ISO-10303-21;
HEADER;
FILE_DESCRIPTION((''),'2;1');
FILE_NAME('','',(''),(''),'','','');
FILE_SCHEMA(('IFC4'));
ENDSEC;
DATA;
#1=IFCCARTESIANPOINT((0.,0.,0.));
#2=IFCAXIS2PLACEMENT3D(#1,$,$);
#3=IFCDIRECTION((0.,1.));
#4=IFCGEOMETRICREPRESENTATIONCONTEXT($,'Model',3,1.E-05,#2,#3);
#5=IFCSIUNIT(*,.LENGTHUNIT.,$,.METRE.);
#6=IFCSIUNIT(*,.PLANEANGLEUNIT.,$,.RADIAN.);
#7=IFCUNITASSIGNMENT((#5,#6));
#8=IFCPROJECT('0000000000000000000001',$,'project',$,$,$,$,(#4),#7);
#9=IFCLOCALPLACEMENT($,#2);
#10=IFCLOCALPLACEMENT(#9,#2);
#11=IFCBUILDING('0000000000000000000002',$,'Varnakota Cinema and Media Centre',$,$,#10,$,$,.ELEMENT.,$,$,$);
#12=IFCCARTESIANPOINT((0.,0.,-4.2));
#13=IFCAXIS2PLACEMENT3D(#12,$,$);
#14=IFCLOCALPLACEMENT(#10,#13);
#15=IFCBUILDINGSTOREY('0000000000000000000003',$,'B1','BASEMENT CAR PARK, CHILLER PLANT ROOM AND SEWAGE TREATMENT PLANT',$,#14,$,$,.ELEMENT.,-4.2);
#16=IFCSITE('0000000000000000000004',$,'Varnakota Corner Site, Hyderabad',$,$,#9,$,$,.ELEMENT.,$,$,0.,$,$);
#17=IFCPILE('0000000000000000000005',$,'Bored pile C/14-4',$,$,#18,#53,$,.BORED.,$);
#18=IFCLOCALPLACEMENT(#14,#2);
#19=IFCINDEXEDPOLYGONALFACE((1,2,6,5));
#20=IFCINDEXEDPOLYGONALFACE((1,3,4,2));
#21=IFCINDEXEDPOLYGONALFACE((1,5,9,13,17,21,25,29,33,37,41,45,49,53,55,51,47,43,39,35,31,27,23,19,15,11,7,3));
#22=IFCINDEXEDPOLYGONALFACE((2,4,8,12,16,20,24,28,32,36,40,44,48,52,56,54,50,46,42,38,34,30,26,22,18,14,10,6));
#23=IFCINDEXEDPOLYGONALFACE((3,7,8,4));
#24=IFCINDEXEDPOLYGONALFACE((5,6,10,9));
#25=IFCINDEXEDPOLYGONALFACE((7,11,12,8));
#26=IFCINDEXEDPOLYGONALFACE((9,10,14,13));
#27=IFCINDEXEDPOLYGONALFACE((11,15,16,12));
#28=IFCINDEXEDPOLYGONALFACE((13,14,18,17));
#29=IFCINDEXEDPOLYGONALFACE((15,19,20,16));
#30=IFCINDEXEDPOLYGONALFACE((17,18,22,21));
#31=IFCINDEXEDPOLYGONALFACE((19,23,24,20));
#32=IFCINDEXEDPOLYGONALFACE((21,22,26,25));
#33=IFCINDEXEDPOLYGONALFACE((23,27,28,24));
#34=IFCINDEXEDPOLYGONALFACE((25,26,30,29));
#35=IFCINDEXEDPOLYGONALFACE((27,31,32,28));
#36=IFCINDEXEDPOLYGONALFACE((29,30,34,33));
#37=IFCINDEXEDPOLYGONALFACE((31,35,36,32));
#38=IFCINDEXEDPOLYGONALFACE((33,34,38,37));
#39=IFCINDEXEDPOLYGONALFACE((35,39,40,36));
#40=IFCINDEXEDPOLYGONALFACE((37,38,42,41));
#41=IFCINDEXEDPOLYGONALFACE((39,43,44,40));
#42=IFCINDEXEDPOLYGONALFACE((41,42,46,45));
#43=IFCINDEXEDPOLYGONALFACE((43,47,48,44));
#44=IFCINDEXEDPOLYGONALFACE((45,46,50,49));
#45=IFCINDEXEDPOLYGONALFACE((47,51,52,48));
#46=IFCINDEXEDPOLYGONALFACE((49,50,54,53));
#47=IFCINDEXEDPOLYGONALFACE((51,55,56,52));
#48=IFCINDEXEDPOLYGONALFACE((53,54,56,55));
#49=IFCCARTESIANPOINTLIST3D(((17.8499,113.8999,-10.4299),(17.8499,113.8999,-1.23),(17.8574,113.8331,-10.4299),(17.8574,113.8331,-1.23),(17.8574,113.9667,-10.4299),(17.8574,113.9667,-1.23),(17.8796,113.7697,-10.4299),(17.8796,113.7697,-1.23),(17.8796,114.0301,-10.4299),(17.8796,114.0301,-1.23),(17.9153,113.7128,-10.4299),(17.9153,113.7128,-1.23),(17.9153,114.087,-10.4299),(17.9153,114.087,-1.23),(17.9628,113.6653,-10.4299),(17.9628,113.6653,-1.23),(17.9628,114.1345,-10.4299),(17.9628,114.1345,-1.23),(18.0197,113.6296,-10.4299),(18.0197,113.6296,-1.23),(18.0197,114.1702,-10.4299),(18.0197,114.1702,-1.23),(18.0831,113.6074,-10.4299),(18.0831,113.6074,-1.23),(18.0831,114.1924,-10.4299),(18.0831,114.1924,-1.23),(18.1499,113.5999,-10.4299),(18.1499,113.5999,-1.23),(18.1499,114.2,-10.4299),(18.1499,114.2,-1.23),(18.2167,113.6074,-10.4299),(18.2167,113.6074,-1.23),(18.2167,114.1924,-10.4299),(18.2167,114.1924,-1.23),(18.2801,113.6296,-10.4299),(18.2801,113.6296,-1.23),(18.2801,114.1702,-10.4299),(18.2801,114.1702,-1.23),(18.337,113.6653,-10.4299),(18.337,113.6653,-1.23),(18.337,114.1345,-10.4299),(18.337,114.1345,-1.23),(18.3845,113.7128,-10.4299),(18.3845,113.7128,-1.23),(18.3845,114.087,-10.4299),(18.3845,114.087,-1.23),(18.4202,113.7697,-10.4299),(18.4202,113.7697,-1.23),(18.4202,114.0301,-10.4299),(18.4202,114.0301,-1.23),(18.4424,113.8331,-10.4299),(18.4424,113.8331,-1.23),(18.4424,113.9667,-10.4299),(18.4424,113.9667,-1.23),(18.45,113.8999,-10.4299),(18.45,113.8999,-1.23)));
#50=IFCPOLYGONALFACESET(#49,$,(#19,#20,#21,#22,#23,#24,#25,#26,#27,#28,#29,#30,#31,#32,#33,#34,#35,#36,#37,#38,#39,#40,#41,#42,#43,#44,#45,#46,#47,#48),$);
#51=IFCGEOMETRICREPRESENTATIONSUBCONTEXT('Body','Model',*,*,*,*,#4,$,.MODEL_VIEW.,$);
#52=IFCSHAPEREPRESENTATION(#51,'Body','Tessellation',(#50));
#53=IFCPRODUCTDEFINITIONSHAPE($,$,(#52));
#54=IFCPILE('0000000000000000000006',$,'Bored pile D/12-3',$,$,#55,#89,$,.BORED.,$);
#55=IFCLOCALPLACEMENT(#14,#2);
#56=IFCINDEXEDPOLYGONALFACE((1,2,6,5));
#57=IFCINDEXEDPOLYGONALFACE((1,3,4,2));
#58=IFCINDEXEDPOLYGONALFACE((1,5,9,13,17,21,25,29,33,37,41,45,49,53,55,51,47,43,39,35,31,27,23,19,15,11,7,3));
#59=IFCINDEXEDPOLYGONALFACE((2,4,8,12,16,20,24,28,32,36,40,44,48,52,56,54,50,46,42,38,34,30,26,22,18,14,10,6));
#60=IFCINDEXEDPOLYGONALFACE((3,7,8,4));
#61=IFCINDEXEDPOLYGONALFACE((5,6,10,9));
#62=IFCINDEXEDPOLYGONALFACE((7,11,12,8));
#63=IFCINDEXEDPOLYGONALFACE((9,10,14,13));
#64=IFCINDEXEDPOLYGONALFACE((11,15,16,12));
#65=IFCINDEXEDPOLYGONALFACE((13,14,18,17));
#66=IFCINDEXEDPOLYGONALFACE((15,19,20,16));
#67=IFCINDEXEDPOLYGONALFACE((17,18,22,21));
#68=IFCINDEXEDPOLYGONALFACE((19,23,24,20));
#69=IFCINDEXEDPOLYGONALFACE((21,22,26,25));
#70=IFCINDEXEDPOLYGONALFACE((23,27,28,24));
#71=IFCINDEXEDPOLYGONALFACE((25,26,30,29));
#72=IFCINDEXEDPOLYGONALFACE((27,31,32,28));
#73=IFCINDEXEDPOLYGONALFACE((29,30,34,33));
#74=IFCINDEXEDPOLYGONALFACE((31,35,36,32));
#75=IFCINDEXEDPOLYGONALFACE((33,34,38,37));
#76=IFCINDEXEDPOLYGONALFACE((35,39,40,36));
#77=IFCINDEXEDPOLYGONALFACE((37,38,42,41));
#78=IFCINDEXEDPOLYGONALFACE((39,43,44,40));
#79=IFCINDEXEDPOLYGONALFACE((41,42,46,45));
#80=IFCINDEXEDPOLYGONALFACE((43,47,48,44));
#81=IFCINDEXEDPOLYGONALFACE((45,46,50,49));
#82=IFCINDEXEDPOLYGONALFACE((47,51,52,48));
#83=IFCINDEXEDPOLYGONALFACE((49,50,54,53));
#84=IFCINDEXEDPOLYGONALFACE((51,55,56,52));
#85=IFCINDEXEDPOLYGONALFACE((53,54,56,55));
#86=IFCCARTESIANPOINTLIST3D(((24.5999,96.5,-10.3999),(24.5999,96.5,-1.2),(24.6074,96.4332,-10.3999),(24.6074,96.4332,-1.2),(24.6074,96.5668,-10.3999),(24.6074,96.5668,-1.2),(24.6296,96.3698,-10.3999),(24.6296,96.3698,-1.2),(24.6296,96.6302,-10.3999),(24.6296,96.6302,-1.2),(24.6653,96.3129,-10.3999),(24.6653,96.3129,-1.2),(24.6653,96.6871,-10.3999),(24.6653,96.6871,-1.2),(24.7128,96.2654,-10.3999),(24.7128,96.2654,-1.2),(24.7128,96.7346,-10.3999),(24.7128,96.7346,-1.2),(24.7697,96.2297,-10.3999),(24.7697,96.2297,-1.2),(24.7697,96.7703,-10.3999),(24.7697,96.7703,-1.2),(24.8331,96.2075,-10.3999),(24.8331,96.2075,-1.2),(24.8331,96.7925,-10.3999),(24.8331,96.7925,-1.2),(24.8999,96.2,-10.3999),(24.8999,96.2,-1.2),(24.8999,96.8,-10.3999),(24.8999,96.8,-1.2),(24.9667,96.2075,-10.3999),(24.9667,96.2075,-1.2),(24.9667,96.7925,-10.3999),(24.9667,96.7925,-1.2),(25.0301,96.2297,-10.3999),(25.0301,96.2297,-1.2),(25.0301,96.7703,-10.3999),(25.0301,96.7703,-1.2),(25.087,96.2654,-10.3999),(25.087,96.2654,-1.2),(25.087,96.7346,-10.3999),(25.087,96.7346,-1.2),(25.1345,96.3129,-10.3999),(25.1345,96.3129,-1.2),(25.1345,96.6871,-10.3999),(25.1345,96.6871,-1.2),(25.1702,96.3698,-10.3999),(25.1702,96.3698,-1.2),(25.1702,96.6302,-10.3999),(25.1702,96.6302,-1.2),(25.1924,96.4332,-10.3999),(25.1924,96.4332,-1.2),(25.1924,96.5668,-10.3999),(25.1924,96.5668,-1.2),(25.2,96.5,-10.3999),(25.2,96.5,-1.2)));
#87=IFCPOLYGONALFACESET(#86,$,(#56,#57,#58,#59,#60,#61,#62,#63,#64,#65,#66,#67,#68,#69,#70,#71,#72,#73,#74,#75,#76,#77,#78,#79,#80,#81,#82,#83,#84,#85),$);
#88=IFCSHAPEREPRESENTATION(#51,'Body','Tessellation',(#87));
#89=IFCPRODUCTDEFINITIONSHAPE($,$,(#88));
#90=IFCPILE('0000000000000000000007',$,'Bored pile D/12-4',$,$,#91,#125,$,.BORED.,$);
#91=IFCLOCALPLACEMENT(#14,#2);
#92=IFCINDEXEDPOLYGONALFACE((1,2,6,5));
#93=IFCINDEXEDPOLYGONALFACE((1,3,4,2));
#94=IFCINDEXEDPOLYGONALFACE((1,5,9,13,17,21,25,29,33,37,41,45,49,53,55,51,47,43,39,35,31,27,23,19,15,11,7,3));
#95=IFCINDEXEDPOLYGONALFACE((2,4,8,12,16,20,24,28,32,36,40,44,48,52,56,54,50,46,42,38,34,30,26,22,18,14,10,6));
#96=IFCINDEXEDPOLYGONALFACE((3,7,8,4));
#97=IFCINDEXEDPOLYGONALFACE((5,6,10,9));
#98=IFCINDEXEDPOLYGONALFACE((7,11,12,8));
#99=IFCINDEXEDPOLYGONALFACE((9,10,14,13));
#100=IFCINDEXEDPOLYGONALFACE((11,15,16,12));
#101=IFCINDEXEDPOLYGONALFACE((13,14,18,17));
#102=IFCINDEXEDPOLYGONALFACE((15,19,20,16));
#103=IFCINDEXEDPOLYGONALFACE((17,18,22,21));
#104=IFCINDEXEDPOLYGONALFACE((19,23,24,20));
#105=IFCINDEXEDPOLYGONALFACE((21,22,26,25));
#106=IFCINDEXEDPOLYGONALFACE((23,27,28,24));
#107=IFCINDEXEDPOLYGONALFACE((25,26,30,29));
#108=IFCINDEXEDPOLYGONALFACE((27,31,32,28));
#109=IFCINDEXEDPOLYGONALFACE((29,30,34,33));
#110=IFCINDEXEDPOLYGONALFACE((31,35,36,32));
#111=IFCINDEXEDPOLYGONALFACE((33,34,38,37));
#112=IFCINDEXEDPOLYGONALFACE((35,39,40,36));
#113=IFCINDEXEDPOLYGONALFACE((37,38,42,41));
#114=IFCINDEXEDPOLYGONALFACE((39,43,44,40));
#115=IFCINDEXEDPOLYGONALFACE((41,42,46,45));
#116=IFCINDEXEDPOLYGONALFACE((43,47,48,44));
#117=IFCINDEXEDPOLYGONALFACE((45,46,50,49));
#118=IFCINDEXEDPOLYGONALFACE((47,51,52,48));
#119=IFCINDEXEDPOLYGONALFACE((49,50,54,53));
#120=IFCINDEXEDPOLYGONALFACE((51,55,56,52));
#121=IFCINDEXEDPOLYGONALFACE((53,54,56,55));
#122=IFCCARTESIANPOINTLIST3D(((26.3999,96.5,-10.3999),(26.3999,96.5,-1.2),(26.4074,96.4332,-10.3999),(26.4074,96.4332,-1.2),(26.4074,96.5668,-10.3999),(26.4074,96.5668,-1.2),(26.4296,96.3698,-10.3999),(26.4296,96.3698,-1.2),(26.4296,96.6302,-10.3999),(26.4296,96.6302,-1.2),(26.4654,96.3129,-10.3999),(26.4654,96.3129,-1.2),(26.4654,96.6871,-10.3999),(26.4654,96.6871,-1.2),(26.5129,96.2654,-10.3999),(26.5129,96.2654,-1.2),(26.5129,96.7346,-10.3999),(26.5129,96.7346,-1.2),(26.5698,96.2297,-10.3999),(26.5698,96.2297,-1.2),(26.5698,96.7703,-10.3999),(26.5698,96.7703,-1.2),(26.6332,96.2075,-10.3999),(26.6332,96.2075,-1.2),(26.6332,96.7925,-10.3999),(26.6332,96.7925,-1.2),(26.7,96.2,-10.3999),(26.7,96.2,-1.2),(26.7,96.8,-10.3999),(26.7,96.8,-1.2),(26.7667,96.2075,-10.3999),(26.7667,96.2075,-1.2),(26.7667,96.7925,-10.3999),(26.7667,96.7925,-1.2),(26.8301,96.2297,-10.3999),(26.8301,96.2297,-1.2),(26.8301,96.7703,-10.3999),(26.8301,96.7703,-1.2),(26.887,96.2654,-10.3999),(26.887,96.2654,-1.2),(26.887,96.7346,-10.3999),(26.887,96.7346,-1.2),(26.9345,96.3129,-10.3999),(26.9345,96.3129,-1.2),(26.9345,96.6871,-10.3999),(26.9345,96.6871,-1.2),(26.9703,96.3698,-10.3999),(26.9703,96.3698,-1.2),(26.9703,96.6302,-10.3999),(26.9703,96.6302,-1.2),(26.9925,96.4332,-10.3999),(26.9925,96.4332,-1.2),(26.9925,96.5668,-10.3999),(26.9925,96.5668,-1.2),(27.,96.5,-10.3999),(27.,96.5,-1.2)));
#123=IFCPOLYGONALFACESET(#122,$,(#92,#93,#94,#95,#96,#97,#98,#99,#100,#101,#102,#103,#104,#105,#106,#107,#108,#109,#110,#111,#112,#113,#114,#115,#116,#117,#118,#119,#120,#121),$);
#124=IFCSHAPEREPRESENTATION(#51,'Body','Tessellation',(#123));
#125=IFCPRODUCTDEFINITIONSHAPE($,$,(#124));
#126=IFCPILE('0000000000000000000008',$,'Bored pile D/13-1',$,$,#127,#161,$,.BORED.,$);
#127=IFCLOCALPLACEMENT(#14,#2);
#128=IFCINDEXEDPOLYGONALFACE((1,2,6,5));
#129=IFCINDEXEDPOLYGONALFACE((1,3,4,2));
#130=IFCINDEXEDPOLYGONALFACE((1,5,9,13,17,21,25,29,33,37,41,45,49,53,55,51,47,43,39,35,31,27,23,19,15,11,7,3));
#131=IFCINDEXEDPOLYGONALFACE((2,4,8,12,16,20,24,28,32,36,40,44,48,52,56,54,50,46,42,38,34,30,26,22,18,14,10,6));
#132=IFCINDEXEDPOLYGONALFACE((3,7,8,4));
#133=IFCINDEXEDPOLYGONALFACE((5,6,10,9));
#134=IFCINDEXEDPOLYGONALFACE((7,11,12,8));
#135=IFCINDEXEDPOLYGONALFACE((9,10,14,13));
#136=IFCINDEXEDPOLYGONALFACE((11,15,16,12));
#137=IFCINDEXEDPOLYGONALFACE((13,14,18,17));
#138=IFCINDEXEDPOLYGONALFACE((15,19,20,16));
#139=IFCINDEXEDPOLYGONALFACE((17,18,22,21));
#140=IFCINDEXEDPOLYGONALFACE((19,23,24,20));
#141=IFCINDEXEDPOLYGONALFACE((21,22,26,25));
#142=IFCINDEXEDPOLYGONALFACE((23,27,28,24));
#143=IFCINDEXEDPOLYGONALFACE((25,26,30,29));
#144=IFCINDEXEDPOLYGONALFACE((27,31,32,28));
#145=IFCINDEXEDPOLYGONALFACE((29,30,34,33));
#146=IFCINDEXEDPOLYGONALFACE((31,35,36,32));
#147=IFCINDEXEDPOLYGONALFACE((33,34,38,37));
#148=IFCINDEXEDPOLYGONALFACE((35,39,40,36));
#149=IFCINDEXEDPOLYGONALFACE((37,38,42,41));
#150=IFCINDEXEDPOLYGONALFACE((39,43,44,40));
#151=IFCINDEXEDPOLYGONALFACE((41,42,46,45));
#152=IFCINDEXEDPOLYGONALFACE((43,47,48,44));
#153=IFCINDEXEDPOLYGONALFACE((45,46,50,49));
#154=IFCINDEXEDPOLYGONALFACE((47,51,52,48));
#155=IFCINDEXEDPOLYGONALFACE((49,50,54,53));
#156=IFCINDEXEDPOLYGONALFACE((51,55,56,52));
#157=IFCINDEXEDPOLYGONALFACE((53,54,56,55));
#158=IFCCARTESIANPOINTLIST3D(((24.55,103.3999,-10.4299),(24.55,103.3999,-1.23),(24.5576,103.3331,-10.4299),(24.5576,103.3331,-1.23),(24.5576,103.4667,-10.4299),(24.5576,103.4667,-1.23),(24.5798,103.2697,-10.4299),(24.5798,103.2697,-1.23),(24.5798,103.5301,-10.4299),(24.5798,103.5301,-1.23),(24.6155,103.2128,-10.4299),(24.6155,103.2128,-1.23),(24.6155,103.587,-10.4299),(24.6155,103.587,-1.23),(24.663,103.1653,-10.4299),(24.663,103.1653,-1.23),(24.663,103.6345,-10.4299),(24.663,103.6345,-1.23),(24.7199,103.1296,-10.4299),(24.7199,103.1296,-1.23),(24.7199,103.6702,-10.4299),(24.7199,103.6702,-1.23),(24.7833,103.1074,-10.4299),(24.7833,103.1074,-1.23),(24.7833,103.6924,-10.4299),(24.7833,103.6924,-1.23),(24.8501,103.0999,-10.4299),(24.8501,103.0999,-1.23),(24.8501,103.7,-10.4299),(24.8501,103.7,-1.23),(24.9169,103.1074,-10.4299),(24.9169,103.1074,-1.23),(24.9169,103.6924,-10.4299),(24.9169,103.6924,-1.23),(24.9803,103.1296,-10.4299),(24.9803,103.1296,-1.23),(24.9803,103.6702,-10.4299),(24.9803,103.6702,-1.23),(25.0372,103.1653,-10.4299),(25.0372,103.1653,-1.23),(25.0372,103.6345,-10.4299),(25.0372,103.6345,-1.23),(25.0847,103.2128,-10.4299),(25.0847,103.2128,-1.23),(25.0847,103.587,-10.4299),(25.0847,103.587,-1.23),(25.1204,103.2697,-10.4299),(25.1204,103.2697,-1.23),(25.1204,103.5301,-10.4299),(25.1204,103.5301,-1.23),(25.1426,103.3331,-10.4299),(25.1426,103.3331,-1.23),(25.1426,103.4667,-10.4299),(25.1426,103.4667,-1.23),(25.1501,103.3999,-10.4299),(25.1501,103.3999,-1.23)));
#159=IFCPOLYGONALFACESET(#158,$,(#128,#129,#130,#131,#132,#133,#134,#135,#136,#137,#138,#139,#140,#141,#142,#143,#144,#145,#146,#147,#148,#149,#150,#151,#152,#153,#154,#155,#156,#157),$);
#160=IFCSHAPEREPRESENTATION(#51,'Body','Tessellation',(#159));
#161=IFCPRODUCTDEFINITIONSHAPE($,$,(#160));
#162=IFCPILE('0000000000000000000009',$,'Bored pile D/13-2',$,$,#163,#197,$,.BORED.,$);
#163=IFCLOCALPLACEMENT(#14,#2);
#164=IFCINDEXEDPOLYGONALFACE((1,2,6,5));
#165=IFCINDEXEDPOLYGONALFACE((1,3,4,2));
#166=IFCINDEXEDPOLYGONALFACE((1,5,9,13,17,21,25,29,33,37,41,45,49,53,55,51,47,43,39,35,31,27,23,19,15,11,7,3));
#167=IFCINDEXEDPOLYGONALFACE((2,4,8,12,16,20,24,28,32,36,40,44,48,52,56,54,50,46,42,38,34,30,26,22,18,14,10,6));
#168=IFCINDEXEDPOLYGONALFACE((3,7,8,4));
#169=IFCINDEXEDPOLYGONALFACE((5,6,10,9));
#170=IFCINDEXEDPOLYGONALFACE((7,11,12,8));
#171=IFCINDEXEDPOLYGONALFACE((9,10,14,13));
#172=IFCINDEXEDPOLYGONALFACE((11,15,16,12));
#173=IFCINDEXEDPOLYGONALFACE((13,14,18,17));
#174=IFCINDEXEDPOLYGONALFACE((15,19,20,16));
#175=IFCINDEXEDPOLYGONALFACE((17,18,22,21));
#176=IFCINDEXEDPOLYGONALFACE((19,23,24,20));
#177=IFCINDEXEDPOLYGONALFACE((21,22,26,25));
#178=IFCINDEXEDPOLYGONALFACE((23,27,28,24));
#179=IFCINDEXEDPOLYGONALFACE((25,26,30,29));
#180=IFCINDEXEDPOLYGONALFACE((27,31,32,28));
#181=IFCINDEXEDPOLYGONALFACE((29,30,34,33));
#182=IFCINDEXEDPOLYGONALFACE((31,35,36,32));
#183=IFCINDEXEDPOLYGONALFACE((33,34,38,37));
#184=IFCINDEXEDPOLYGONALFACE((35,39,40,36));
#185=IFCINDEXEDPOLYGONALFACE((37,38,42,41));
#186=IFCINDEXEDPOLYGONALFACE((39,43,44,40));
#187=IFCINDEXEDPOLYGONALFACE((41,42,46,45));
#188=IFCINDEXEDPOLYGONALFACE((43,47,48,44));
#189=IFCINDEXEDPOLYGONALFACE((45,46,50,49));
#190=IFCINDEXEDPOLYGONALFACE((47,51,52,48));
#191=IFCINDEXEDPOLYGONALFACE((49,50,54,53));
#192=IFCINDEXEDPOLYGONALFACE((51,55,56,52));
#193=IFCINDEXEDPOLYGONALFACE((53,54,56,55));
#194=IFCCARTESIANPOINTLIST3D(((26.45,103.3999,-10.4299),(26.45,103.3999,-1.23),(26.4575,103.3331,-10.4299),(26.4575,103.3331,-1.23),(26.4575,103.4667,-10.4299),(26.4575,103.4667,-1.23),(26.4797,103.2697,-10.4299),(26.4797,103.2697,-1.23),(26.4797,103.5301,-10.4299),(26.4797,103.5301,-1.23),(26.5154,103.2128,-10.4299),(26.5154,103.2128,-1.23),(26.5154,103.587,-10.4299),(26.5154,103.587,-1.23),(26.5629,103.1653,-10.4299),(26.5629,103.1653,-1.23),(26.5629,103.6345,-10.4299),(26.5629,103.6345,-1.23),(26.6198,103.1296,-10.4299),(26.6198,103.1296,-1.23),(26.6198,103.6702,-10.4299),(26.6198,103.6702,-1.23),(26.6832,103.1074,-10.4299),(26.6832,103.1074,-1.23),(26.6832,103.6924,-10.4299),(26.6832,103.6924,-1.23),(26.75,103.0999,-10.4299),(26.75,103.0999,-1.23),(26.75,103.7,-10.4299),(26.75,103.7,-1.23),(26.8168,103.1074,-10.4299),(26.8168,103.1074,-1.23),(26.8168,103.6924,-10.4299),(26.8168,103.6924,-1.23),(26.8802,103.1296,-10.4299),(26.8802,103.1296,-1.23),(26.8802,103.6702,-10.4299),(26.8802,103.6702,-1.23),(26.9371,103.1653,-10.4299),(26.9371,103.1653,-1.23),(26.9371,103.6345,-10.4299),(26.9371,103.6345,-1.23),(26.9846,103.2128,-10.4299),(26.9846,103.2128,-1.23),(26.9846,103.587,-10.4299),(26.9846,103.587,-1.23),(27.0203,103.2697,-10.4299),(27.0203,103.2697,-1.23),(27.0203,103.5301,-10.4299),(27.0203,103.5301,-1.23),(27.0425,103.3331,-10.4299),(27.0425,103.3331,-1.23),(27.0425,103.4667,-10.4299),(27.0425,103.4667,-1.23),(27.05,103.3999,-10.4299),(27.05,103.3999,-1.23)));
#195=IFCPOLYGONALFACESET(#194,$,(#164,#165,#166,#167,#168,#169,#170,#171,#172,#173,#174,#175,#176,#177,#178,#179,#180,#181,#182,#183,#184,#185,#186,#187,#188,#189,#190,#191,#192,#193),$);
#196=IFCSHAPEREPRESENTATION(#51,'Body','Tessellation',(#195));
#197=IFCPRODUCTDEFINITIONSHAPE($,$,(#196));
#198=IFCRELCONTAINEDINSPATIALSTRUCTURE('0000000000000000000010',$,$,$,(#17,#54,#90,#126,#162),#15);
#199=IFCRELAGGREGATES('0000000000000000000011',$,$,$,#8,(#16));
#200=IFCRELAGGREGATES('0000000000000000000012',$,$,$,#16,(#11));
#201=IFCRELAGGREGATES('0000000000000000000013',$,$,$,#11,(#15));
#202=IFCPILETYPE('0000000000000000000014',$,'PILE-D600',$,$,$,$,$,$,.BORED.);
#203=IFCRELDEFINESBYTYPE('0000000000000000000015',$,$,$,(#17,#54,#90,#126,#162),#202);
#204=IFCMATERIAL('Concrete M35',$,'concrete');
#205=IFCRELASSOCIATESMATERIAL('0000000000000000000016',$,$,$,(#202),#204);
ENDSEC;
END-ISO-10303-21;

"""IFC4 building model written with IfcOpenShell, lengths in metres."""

from ifc_helpers import new_model, si_unit, direction, frame, origin, origin_2d, place, context, subcontext, project, spatial, circle, extrude, material, material_profile, profile_set, type_object, element, save


model = new_model("IFC4")

# Units and contexts
model_context = context("Model", 3, precision=1e-05, world=origin(), true_north=direction((0.0, 1.0)))
body_context = subcontext(model_context, "Body", "Model", "MODEL_VIEW")
ifc_project = project(units=[si_unit("LENGTHUNIT", "METRE"), si_unit("PLANEANGLEUNIT", "RADIAN")], contexts=[model_context])

# Site, building, storey
site_placement = place(None, origin())
site = spatial("IfcSite", under=ifc_project, at=site_placement, Name="Varnakota Corner Site, Hyderabad", CompositionType="ELEMENT", RefElevation=0.0)
building_placement = place(site_placement, origin())
building = spatial("IfcBuilding", under=site, at=building_placement, Name="Varnakota Cinema and Media Centre", CompositionType="ELEMENT")
storey_placement = place(building_placement, frame((0.0, 0.0, -4.2)))
storey = spatial("IfcBuildingStorey", under=building, at=storey_placement, Name="B1", Description="BASEMENT CAR PARK, CHILLER PLANT ROOM AND SEWAGE TREATMENT PLANT", CompositionType="ELEMENT", Elevation=-4.2)

# Piles
ifc_material_1 = material(Name="Concrete M35", Category="concrete")
ifc_material_profile_1 = material_profile(ifc_material_1, circle(Radius=0.3, at=origin_2d()), Name="PILE D600")
ifc_profile_set_1 = profile_set([ifc_material_profile_1], Name="Concrete M35")
pile_type_1 = type_object("IfcPileType", Name="PILE-D600", PredefinedType="BORED", material=ifc_profile_set_1)
for number, where, z_axis, x_axis, name in (
    (1, (18.1499, 113.8999, -1.23), (0.0, 0.0, -1.0), (1.0, 0.0, 0.0), "Bored pile C/14-4"),
    (2, (24.8999, 96.5, -1.2), (0.0, 0.0, -1.0), (1.0, 0.0, 0.0), "Bored pile D/12-3"),
    (3, (26.7, 96.5, -1.2), (0.0, 0.0, -1.0), (1.0, 0.0, 0.0), "Bored pile D/12-4"),
    (4, (24.8501, 103.3999, -1.23), (0.0, 0.0, -1.0), (1.0, 0.0, 0.0), "Bored pile D/13-1"),
    (5, (26.75, 103.3999, -1.23), (0.0, 0.0, -1.0), (1.0, 0.0, 0.0), "Bored pile D/13-2"),
):
    element("IfcPile", number, at=place(storey_placement, frame(where, z_axis=z_axis, x_axis=x_axis)), inside=storey, type_object=pile_type_1, Name=name, PredefinedType="BORED", context=body_context, shape_type="SweptSolid", body=[
        extrude(circle(Radius=0.3, at=origin_2d()), origin(), (0.0, 0.0, 1.0), 9.2),
    ])

save(model, "model.ifc")
